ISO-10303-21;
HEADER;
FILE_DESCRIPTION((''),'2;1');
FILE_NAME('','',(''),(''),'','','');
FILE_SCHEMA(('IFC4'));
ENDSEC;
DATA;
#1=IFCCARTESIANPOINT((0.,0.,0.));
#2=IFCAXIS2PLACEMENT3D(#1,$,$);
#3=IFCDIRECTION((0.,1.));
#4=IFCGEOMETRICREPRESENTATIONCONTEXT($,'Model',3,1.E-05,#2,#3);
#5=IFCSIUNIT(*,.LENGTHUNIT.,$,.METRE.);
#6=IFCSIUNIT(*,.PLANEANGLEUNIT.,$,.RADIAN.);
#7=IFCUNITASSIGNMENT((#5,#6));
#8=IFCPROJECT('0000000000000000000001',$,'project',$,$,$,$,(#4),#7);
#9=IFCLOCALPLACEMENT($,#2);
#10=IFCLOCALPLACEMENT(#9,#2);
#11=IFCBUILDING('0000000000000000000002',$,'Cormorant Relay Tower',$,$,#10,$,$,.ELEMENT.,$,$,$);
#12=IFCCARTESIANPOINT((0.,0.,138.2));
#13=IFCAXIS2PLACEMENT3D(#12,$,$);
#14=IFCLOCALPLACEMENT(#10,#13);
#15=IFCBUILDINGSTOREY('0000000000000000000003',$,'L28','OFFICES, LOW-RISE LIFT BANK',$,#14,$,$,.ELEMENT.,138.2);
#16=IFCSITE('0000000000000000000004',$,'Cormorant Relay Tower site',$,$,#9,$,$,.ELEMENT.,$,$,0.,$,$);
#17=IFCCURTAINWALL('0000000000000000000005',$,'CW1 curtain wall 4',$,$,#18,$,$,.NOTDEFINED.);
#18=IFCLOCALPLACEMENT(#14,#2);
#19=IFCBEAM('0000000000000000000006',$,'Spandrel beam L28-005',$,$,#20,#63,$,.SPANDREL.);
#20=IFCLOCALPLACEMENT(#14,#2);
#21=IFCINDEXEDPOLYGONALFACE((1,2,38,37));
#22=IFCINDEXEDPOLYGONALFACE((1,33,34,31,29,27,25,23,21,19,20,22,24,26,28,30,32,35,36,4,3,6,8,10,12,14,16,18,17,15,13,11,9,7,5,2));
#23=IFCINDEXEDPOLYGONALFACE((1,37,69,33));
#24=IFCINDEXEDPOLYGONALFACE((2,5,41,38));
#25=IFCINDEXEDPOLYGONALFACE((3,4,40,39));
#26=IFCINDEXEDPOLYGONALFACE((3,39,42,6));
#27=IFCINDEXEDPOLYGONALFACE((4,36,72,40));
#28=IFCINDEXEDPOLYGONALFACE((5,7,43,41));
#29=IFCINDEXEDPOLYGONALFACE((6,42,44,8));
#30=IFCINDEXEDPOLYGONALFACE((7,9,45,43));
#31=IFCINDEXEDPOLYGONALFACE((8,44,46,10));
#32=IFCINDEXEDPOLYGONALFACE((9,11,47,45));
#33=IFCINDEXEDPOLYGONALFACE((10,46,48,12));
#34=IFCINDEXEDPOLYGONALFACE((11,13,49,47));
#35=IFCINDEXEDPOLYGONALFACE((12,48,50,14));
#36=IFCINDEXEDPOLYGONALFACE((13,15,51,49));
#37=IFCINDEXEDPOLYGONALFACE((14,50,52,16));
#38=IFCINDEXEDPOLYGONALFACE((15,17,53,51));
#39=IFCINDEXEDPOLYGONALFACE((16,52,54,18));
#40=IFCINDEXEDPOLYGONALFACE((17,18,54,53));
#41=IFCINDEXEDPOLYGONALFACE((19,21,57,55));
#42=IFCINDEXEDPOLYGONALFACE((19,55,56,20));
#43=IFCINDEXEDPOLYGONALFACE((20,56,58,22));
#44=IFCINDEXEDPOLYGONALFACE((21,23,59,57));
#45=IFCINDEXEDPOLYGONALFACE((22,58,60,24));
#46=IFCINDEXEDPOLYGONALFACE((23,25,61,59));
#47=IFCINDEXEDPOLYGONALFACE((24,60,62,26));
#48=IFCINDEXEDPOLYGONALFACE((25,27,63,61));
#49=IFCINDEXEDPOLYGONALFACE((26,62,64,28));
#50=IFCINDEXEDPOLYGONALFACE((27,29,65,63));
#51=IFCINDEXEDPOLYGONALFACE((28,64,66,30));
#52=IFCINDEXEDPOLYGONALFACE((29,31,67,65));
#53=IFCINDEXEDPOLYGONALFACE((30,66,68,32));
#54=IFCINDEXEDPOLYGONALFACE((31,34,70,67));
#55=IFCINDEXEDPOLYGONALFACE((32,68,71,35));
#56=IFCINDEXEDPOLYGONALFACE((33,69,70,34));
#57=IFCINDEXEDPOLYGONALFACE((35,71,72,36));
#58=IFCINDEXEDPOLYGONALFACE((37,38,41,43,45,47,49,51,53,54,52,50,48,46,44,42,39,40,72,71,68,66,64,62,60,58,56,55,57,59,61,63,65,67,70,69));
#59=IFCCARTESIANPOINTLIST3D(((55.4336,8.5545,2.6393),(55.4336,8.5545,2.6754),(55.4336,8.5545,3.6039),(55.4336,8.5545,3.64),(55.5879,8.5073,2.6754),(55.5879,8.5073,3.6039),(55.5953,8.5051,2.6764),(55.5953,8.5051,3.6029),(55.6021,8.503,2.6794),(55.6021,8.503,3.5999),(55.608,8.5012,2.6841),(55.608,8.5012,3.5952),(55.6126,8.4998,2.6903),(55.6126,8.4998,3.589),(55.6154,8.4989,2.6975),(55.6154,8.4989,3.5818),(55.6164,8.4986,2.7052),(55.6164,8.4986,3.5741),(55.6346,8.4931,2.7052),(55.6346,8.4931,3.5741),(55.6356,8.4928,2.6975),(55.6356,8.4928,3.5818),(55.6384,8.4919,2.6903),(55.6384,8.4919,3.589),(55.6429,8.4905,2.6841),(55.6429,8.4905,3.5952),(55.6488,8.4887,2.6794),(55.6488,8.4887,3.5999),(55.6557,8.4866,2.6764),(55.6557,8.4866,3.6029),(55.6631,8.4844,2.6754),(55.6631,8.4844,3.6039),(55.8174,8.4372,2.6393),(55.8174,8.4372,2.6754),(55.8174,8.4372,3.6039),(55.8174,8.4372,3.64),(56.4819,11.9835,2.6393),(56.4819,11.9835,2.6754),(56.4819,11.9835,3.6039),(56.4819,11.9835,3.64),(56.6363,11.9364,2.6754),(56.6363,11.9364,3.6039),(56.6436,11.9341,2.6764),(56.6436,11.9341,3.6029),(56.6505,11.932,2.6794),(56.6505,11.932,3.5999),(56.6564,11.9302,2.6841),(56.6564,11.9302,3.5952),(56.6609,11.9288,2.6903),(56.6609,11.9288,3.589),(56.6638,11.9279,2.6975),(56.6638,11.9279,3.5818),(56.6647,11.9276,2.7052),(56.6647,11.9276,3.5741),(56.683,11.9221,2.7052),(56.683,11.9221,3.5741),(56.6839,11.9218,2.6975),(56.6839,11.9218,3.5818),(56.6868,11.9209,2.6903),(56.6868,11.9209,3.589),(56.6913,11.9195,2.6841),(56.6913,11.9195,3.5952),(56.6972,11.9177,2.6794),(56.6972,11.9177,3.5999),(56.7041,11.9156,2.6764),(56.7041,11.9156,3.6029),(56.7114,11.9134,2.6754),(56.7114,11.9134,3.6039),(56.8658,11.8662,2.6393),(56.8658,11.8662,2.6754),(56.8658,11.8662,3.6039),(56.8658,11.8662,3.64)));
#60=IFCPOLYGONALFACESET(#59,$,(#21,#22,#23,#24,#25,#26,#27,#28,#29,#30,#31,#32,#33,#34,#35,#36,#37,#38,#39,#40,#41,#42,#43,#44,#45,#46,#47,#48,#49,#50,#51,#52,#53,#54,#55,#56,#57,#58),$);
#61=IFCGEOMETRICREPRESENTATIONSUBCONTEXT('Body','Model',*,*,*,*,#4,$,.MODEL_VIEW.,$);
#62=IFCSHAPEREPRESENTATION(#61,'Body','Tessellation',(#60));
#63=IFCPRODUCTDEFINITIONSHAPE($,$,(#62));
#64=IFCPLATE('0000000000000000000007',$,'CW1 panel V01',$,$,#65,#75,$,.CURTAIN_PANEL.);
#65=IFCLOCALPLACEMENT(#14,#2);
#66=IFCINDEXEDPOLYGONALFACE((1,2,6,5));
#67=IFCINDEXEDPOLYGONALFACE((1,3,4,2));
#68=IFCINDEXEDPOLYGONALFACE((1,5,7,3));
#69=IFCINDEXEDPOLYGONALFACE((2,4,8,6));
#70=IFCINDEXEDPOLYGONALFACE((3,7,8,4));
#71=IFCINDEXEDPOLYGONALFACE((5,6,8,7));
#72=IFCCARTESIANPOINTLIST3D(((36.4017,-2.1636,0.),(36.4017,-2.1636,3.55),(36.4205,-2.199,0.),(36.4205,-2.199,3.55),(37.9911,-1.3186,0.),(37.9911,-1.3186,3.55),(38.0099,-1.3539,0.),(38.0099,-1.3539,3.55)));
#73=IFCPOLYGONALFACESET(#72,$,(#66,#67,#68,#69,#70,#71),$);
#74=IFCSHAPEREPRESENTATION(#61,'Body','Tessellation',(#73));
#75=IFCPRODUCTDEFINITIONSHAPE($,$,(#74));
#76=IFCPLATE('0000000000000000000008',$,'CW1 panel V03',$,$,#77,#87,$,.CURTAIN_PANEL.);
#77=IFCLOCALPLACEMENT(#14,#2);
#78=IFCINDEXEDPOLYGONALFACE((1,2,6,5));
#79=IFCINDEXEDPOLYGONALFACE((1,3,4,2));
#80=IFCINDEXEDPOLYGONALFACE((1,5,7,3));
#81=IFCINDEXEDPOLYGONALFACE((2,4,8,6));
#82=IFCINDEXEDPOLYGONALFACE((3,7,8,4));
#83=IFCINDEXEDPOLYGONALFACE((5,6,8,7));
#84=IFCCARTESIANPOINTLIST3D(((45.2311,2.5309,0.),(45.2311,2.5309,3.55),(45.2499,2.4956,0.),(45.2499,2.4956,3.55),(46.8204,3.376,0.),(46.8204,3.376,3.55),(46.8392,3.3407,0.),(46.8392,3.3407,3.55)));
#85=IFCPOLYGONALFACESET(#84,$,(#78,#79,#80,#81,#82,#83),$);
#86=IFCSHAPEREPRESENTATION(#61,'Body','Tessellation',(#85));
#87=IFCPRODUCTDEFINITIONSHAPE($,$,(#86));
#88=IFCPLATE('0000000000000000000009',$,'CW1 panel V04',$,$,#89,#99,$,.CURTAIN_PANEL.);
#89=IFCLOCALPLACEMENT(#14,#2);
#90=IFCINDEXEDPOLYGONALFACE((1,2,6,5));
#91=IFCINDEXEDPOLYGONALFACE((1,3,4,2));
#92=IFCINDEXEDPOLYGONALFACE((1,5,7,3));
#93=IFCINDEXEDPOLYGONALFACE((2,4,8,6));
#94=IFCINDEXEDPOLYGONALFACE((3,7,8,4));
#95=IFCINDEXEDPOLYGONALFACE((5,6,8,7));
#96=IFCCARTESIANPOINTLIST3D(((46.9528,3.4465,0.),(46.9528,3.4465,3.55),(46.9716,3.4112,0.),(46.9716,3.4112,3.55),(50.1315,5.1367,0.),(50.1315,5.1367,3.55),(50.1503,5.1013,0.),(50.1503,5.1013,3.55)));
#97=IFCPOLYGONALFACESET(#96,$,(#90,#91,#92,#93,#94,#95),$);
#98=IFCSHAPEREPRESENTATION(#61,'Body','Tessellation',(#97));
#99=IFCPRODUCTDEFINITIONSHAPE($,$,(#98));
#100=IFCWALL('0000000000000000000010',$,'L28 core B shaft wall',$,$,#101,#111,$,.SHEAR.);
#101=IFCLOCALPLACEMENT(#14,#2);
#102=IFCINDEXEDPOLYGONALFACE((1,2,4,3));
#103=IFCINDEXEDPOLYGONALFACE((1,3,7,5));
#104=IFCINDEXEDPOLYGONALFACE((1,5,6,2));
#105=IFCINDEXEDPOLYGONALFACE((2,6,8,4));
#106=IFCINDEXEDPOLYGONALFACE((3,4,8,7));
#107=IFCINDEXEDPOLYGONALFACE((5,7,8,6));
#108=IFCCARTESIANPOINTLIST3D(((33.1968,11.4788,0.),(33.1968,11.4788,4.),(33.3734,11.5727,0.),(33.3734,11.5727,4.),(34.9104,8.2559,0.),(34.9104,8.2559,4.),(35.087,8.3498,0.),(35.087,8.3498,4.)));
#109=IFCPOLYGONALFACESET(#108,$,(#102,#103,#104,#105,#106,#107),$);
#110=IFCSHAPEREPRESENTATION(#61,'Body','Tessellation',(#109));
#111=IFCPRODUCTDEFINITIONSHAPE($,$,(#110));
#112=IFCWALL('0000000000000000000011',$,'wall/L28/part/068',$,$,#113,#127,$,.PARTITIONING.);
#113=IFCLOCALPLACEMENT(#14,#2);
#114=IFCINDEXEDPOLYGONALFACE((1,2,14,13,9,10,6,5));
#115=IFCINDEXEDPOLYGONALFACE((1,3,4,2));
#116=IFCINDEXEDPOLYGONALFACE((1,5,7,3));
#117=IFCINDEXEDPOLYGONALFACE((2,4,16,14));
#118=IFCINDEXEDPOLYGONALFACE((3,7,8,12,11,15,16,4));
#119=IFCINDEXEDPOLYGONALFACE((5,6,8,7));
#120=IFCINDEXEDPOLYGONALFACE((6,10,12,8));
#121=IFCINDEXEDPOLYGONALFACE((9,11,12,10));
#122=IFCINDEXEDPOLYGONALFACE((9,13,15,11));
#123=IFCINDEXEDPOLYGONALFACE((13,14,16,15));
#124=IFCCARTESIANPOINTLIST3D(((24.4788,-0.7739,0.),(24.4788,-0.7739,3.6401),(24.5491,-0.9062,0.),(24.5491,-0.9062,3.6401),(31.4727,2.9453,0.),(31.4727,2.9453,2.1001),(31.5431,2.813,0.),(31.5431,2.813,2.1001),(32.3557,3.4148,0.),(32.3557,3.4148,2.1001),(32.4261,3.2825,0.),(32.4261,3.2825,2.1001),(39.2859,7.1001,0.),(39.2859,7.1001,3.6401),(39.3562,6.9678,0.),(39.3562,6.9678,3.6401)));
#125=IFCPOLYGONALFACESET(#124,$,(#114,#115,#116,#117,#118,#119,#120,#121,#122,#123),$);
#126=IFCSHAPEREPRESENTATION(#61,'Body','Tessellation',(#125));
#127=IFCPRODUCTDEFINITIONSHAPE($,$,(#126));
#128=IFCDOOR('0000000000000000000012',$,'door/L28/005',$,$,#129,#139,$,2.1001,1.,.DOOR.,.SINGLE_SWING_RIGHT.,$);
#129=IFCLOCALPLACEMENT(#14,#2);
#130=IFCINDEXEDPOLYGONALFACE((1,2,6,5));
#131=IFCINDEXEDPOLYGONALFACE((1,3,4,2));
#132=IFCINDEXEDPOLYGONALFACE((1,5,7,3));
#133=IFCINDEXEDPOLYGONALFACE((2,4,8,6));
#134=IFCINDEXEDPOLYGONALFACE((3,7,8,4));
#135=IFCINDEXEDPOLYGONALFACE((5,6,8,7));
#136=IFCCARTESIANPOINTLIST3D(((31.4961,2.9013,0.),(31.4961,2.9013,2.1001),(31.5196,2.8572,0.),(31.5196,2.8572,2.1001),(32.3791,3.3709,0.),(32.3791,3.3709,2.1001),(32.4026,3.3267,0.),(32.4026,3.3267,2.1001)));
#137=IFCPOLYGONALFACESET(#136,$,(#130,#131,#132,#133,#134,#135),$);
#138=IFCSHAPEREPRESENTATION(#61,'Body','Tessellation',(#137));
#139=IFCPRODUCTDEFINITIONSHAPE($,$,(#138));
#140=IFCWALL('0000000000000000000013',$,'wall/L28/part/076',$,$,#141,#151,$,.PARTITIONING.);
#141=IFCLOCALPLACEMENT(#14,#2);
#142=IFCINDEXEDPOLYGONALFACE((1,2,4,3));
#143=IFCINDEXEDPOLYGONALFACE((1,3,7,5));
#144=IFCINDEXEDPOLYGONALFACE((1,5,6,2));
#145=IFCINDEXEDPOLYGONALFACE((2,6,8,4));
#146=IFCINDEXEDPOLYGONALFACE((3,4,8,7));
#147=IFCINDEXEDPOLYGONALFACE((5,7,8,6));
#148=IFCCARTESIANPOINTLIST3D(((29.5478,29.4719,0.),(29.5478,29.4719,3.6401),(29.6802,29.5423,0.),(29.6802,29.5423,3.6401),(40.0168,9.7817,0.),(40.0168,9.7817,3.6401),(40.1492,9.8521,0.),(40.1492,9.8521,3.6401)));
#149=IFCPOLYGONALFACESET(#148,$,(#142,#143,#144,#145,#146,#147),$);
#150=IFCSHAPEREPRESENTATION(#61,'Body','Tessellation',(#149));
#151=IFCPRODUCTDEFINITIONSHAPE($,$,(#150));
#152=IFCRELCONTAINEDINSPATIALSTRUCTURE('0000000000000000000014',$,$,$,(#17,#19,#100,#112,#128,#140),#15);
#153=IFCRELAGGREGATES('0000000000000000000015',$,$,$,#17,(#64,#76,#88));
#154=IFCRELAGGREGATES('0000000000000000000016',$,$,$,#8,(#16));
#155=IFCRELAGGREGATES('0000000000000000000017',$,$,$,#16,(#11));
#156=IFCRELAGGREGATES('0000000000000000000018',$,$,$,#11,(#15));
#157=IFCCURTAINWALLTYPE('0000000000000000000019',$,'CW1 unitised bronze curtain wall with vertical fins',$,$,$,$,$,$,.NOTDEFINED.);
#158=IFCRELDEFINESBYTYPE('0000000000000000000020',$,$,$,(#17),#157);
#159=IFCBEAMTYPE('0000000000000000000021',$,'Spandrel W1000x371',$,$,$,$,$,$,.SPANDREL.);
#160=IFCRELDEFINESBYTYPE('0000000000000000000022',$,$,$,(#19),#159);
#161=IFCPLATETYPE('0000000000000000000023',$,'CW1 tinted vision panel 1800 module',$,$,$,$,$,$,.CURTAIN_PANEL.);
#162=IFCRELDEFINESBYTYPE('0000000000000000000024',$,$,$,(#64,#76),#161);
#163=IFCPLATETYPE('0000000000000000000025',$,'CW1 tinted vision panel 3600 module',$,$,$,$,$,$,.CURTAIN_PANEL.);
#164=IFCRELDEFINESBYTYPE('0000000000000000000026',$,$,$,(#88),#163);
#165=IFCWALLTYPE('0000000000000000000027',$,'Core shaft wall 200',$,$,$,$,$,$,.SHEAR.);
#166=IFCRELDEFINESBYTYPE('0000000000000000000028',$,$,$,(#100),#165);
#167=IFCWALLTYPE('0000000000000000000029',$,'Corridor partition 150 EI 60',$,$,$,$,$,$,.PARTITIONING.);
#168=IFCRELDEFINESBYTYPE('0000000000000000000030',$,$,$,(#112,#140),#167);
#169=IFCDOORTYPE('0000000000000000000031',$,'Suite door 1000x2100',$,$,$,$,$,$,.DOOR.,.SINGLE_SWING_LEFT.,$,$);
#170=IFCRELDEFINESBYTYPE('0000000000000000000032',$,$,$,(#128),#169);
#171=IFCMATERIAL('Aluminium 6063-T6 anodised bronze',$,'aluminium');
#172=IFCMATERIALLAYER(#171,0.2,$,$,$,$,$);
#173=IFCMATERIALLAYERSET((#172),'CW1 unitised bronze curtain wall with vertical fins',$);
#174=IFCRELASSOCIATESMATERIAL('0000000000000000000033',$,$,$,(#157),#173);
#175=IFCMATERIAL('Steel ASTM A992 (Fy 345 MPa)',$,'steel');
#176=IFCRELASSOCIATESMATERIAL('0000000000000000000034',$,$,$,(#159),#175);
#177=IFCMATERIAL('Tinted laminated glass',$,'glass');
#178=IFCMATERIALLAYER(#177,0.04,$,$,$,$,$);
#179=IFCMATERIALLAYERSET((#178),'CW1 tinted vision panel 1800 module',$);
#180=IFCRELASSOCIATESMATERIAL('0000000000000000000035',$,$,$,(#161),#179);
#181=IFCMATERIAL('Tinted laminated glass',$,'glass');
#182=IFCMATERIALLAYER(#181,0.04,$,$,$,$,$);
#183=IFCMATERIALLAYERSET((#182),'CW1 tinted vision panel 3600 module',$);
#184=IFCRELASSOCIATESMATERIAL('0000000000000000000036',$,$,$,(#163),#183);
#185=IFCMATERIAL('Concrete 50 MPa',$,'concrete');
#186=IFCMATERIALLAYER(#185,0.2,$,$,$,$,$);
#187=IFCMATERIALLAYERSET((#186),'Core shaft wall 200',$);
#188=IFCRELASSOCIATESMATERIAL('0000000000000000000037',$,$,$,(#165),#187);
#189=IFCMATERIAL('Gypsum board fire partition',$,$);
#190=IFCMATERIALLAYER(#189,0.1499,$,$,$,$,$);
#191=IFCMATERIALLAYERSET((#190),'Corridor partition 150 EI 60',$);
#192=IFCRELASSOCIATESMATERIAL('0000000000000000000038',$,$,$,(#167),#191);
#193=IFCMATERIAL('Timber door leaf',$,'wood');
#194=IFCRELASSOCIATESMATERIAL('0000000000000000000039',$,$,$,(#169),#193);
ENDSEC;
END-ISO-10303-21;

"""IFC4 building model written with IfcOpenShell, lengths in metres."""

from ifc_helpers import new_model, si_unit, direction, frame, frame_2d, origin, origin_2d, place, context, subcontext, project, spatial, rectangle, i_section, extrude, material, layer, layer_set, material_profile, profile_set, type_object, element, fill, aggregate, save


model = new_model("IFC4")

# Units and contexts
model_context = context("Model", 3, precision=1e-05, world=origin(), true_north=direction((0.0, 1.0)))
body_context = subcontext(model_context, "Body", "Model", "MODEL_VIEW")
ifc_project = project(units=[si_unit("LENGTHUNIT", "METRE"), si_unit("PLANEANGLEUNIT", "RADIAN")], contexts=[model_context])

# Site, building, storey
site_placement = place(None, origin())
site = spatial("IfcSite", under=ifc_project, at=site_placement, Name="Cormorant Relay Tower site", CompositionType="ELEMENT", RefElevation=0.0)
building_placement = place(site_placement, origin())
building = spatial("IfcBuilding", under=site, at=building_placement, Name="Cormorant Relay Tower", CompositionType="ELEMENT")
storey_placement = place(building_placement, frame((0.0, 0.0, 138.2)))
storey = spatial("IfcBuildingStorey", under=building, at=storey_placement, Name="L28", Description="OFFICES, LOW-RISE LIFT BANK", CompositionType="ELEMENT", Elevation=138.2)

# Shared definitions
ifc_material_1 = material(Name="Aluminium 6063-T6 anodised bronze", Category="aluminium")
ifc_layer_1 = layer(ifc_material_1, 0.2)
ifc_layer_set_1 = layer_set([ifc_layer_1], Name="CW1 unitised bronze curtain wall with vertical fins")
curtain_wall_type = type_object("IfcCurtainWallType", Name="CW1 unitised bronze curtain wall with vertical fins", PredefinedType="NOTDEFINED", material=ifc_layer_set_1)

# Curtain wall
curtain_wall_1_placement = place(storey_placement, origin())
curtain_wall_1 = element("IfcCurtainWall", 1, at=curtain_wall_1_placement, inside=storey, type_object=curtain_wall_type, Name="CW1 curtain wall 4", PredefinedType="NOTDEFINED")

# Beam
ifc_material_2 = material(Name="Steel ASTM A992 (Fy 345 MPa)", Category="steel")
ifc_material_profile_1 = material_profile(ifc_material_2, i_section(OverallWidth=0.4014, OverallDepth=1.0007, WebThickness=0.019, FlangeThickness=0.0361, FilletRadius=0.0298, at=origin_2d()), Name="W1000x371")
ifc_profile_set_1 = profile_set([ifc_material_profile_1], Name="Steel ASTM A992 (Fy 345 MPa)")
beam_type = type_object("IfcBeamType", Name="Spandrel W1000x371", PredefinedType="SPANDREL", material=ifc_profile_set_1)
beam_1_placement = place(storey_placement, frame((55.6255, 8.4958, 3.1396), z_axis=(0.292372, 0.956305, 0.0), x_axis=(-0.956305, 0.292372, 0.0)))
element("IfcBeam", 2, at=beam_1_placement, inside=storey, type_object=beam_type, Name="Spandrel beam L28-005", PredefinedType="SPANDREL", context=body_context, shape_type="SweptSolid", body=[
    extrude(i_section(OverallWidth=0.4014, OverallDepth=1.0007, WebThickness=0.019, FlangeThickness=0.0361, FilletRadius=0.0298, at=origin_2d()), origin(), (0.0, 0.0, 1.0), 3.5857),
])

# Plates
ifc_material_3 = material(Name="Tinted laminated glass", Category="glass")
ifc_layer_2 = layer(ifc_material_3, 0.04)
ifc_layer_set_2 = layer_set([ifc_layer_2], Name="CW1 tinted vision panel 1800 module")
plate_type_1 = type_object("IfcPlateType", Name="CW1 tinted vision panel 1800 module", PredefinedType="CURTAIN_PANEL", material=ifc_layer_set_2)
plate_1_placement = place(storey_placement, frame((37.2058, -1.7588, 0.0), z_axis=(0.0, 0.0, 1.0), x_axis=(0.882948, 0.469472, 0.0)))
plate_1 = element("IfcPlate", 3, at=plate_1_placement, type_object=plate_type_1, Name="CW1 panel V01", PredefinedType="CURTAIN_PANEL", context=body_context, shape_type="SweptSolid", body=[
    extrude(rectangle(XDim=1.8, YDim=0.04, at=origin_2d()), origin(), (0.0, 0.0, 1.0), 3.55),
])
plate_2_placement = place(storey_placement, frame((46.0352, 2.9358, 0.0), z_axis=(0.0, 0.0, 1.0), x_axis=(0.882948, 0.469472, 0.0)))
plate_2 = element("IfcPlate", 4, at=plate_2_placement, type_object=plate_type_1, Name="CW1 panel V03", PredefinedType="CURTAIN_PANEL", context=body_context, shape_type="SweptSolid", body=[
    extrude(rectangle(XDim=1.8, YDim=0.04, at=origin_2d()), origin(), (0.0, 0.0, 1.0), 3.55),
])
ifc_material_4 = material(Name="Tinted laminated glass", Category="glass")
ifc_layer_3 = layer(ifc_material_4, 0.04)
ifc_layer_set_3 = layer_set([ifc_layer_3], Name="CW1 tinted vision panel 3600 module")
plate_type_2 = type_object("IfcPlateType", Name="CW1 tinted vision panel 3600 module", PredefinedType="CURTAIN_PANEL", material=ifc_layer_set_3)
plate_3_placement = place(storey_placement, frame((48.5515, 4.2739, 0.0), z_axis=(0.0, 0.0, 1.0), x_axis=(0.882948, 0.469472, 0.0)))
plate_3 = element("IfcPlate", 5, at=plate_3_placement, type_object=plate_type_2, Name="CW1 panel V04", PredefinedType="CURTAIN_PANEL", context=body_context, shape_type="SweptSolid", body=[
    extrude(rectangle(XDim=3.6001, YDim=0.04, at=origin_2d()), origin(), (0.0, 0.0, 1.0), 3.55),
])

# Wall
ifc_material_5 = material(Name="Concrete 50 MPa", Category="concrete")
ifc_layer_4 = layer(ifc_material_5, 0.2)
ifc_layer_set_4 = layer_set([ifc_layer_4], Name="Core shaft wall 200")
wall_type_1 = type_object("IfcWallType", Name="Core shaft wall 200", PredefinedType="SHEAR", material=ifc_layer_set_4)
wall_1_placement = place(storey_placement, frame((34.9988, 8.3027, 0.0), z_axis=(0.0, 0.0, 1.0), x_axis=(-0.469467, 0.88295, 0.0)))
element("IfcWall", 6, at=wall_1_placement, inside=storey, type_object=wall_type_1, Name="L28 core B shaft wall", PredefinedType="SHEAR", context=body_context, shape_type="SweptSolid", body=[
    extrude(rectangle(XDim=3.6501, YDim=0.2, at=frame_2d((1.8252, 0.0))), origin(), (0.0, 0.0, 1.0), 4.0),
])

# Wall, opening, door
ifc_material_6 = material(Name="Gypsum board fire partition")
ifc_layer_5 = layer(ifc_material_6, 0.1499)
ifc_layer_set_5 = layer_set([ifc_layer_5], Name="Corridor partition 150 EI 60")
wall_type_2 = type_object("IfcWallType", Name="Corridor partition 150 EI 60", PredefinedType="PARTITIONING", material=ifc_layer_set_5)
wall_2_placement = place(storey_placement, frame((39.321, 7.0339, 0.0), z_axis=(0.0, 0.0, 1.0), x_axis=(-0.882925, -0.469515, 0.0)))
wall_2 = element("IfcWall", 7, at=wall_2_placement, inside=storey, type_object=wall_type_2, Name="wall/L28/part/068", PredefinedType="PARTITIONING", context=body_context, shape_type="SweptSolid", body=[
    extrude(rectangle(XDim=16.7705, YDim=0.1499, at=frame_2d((8.3853, 0.0))), origin(), (0.0, 0.0, 1.0), 3.6401),
])
opening_1_placement = place(wall_2_placement, frame((7.8491, 0.0, 0.0)))
opening_1 = element("IfcOpeningElement", 8, at=opening_1_placement, cuts=wall_2, PredefinedType="OPENING", context=body_context, shape_type="SweptSolid", body=[
    extrude(rectangle(XDim=1.0, YDim=2.1001, at=frame_2d((0.5, 1.05))), frame((0.0, 0.085, 0.0), z_axis=(0.0, -1.0, 0.0), x_axis=(1.0, 0.0, 0.0)), (0.0, 0.0, 1.0), 0.1699),
])
ifc_material_7 = material(Name="Timber door leaf", Category="wood")
door_type_1 = type_object("IfcDoorType", Name="Suite door 1000x2100", OperationType="SINGLE_SWING_LEFT", PredefinedType="DOOR", material=ifc_material_7)
door_1_placement = place(opening_1_placement, origin())
door_1 = element("IfcDoor", 9, at=door_1_placement, inside=storey, type_object=door_type_1, Name="door/L28/005", OperationType="SINGLE_SWING_RIGHT", OverallHeight=2.1001, OverallWidth=1.0, PredefinedType="DOOR", context=body_context, shape_type="SweptSolid", body=[
    extrude(rectangle(XDim=1.0, YDim=2.1001, at=frame_2d((0.5, 1.05))), frame((0.0, 0.0249, 0.0), z_axis=(0.0, -1.0, 0.0), x_axis=(1.0, 0.0, 0.0)), (0.0, 0.0, 1.0), 0.05),
])
fill(opening_1, door_1)

# Wall
wall_3_placement = place(storey_placement, frame((40.083, 9.8169, 0.0), z_axis=(0.0, 0.0, 1.0), x_axis=(-0.469455, 0.882956, 0.0)))
element("IfcWall", 10, at=wall_3_placement, inside=storey, type_object=wall_type_2, Name="wall/L28/part/076", PredefinedType="PARTITIONING", context=body_context, shape_type="SweptSolid", body=[
    extrude(rectangle(XDim=22.3003, YDim=0.1499, at=frame_2d((11.1501, 0.0))), origin(), (0.0, 0.0, 1.0), 3.6401),
])

aggregate(curtain_wall_1, [plate_1, plate_2, plate_3])

save(model, "model.ifc")
